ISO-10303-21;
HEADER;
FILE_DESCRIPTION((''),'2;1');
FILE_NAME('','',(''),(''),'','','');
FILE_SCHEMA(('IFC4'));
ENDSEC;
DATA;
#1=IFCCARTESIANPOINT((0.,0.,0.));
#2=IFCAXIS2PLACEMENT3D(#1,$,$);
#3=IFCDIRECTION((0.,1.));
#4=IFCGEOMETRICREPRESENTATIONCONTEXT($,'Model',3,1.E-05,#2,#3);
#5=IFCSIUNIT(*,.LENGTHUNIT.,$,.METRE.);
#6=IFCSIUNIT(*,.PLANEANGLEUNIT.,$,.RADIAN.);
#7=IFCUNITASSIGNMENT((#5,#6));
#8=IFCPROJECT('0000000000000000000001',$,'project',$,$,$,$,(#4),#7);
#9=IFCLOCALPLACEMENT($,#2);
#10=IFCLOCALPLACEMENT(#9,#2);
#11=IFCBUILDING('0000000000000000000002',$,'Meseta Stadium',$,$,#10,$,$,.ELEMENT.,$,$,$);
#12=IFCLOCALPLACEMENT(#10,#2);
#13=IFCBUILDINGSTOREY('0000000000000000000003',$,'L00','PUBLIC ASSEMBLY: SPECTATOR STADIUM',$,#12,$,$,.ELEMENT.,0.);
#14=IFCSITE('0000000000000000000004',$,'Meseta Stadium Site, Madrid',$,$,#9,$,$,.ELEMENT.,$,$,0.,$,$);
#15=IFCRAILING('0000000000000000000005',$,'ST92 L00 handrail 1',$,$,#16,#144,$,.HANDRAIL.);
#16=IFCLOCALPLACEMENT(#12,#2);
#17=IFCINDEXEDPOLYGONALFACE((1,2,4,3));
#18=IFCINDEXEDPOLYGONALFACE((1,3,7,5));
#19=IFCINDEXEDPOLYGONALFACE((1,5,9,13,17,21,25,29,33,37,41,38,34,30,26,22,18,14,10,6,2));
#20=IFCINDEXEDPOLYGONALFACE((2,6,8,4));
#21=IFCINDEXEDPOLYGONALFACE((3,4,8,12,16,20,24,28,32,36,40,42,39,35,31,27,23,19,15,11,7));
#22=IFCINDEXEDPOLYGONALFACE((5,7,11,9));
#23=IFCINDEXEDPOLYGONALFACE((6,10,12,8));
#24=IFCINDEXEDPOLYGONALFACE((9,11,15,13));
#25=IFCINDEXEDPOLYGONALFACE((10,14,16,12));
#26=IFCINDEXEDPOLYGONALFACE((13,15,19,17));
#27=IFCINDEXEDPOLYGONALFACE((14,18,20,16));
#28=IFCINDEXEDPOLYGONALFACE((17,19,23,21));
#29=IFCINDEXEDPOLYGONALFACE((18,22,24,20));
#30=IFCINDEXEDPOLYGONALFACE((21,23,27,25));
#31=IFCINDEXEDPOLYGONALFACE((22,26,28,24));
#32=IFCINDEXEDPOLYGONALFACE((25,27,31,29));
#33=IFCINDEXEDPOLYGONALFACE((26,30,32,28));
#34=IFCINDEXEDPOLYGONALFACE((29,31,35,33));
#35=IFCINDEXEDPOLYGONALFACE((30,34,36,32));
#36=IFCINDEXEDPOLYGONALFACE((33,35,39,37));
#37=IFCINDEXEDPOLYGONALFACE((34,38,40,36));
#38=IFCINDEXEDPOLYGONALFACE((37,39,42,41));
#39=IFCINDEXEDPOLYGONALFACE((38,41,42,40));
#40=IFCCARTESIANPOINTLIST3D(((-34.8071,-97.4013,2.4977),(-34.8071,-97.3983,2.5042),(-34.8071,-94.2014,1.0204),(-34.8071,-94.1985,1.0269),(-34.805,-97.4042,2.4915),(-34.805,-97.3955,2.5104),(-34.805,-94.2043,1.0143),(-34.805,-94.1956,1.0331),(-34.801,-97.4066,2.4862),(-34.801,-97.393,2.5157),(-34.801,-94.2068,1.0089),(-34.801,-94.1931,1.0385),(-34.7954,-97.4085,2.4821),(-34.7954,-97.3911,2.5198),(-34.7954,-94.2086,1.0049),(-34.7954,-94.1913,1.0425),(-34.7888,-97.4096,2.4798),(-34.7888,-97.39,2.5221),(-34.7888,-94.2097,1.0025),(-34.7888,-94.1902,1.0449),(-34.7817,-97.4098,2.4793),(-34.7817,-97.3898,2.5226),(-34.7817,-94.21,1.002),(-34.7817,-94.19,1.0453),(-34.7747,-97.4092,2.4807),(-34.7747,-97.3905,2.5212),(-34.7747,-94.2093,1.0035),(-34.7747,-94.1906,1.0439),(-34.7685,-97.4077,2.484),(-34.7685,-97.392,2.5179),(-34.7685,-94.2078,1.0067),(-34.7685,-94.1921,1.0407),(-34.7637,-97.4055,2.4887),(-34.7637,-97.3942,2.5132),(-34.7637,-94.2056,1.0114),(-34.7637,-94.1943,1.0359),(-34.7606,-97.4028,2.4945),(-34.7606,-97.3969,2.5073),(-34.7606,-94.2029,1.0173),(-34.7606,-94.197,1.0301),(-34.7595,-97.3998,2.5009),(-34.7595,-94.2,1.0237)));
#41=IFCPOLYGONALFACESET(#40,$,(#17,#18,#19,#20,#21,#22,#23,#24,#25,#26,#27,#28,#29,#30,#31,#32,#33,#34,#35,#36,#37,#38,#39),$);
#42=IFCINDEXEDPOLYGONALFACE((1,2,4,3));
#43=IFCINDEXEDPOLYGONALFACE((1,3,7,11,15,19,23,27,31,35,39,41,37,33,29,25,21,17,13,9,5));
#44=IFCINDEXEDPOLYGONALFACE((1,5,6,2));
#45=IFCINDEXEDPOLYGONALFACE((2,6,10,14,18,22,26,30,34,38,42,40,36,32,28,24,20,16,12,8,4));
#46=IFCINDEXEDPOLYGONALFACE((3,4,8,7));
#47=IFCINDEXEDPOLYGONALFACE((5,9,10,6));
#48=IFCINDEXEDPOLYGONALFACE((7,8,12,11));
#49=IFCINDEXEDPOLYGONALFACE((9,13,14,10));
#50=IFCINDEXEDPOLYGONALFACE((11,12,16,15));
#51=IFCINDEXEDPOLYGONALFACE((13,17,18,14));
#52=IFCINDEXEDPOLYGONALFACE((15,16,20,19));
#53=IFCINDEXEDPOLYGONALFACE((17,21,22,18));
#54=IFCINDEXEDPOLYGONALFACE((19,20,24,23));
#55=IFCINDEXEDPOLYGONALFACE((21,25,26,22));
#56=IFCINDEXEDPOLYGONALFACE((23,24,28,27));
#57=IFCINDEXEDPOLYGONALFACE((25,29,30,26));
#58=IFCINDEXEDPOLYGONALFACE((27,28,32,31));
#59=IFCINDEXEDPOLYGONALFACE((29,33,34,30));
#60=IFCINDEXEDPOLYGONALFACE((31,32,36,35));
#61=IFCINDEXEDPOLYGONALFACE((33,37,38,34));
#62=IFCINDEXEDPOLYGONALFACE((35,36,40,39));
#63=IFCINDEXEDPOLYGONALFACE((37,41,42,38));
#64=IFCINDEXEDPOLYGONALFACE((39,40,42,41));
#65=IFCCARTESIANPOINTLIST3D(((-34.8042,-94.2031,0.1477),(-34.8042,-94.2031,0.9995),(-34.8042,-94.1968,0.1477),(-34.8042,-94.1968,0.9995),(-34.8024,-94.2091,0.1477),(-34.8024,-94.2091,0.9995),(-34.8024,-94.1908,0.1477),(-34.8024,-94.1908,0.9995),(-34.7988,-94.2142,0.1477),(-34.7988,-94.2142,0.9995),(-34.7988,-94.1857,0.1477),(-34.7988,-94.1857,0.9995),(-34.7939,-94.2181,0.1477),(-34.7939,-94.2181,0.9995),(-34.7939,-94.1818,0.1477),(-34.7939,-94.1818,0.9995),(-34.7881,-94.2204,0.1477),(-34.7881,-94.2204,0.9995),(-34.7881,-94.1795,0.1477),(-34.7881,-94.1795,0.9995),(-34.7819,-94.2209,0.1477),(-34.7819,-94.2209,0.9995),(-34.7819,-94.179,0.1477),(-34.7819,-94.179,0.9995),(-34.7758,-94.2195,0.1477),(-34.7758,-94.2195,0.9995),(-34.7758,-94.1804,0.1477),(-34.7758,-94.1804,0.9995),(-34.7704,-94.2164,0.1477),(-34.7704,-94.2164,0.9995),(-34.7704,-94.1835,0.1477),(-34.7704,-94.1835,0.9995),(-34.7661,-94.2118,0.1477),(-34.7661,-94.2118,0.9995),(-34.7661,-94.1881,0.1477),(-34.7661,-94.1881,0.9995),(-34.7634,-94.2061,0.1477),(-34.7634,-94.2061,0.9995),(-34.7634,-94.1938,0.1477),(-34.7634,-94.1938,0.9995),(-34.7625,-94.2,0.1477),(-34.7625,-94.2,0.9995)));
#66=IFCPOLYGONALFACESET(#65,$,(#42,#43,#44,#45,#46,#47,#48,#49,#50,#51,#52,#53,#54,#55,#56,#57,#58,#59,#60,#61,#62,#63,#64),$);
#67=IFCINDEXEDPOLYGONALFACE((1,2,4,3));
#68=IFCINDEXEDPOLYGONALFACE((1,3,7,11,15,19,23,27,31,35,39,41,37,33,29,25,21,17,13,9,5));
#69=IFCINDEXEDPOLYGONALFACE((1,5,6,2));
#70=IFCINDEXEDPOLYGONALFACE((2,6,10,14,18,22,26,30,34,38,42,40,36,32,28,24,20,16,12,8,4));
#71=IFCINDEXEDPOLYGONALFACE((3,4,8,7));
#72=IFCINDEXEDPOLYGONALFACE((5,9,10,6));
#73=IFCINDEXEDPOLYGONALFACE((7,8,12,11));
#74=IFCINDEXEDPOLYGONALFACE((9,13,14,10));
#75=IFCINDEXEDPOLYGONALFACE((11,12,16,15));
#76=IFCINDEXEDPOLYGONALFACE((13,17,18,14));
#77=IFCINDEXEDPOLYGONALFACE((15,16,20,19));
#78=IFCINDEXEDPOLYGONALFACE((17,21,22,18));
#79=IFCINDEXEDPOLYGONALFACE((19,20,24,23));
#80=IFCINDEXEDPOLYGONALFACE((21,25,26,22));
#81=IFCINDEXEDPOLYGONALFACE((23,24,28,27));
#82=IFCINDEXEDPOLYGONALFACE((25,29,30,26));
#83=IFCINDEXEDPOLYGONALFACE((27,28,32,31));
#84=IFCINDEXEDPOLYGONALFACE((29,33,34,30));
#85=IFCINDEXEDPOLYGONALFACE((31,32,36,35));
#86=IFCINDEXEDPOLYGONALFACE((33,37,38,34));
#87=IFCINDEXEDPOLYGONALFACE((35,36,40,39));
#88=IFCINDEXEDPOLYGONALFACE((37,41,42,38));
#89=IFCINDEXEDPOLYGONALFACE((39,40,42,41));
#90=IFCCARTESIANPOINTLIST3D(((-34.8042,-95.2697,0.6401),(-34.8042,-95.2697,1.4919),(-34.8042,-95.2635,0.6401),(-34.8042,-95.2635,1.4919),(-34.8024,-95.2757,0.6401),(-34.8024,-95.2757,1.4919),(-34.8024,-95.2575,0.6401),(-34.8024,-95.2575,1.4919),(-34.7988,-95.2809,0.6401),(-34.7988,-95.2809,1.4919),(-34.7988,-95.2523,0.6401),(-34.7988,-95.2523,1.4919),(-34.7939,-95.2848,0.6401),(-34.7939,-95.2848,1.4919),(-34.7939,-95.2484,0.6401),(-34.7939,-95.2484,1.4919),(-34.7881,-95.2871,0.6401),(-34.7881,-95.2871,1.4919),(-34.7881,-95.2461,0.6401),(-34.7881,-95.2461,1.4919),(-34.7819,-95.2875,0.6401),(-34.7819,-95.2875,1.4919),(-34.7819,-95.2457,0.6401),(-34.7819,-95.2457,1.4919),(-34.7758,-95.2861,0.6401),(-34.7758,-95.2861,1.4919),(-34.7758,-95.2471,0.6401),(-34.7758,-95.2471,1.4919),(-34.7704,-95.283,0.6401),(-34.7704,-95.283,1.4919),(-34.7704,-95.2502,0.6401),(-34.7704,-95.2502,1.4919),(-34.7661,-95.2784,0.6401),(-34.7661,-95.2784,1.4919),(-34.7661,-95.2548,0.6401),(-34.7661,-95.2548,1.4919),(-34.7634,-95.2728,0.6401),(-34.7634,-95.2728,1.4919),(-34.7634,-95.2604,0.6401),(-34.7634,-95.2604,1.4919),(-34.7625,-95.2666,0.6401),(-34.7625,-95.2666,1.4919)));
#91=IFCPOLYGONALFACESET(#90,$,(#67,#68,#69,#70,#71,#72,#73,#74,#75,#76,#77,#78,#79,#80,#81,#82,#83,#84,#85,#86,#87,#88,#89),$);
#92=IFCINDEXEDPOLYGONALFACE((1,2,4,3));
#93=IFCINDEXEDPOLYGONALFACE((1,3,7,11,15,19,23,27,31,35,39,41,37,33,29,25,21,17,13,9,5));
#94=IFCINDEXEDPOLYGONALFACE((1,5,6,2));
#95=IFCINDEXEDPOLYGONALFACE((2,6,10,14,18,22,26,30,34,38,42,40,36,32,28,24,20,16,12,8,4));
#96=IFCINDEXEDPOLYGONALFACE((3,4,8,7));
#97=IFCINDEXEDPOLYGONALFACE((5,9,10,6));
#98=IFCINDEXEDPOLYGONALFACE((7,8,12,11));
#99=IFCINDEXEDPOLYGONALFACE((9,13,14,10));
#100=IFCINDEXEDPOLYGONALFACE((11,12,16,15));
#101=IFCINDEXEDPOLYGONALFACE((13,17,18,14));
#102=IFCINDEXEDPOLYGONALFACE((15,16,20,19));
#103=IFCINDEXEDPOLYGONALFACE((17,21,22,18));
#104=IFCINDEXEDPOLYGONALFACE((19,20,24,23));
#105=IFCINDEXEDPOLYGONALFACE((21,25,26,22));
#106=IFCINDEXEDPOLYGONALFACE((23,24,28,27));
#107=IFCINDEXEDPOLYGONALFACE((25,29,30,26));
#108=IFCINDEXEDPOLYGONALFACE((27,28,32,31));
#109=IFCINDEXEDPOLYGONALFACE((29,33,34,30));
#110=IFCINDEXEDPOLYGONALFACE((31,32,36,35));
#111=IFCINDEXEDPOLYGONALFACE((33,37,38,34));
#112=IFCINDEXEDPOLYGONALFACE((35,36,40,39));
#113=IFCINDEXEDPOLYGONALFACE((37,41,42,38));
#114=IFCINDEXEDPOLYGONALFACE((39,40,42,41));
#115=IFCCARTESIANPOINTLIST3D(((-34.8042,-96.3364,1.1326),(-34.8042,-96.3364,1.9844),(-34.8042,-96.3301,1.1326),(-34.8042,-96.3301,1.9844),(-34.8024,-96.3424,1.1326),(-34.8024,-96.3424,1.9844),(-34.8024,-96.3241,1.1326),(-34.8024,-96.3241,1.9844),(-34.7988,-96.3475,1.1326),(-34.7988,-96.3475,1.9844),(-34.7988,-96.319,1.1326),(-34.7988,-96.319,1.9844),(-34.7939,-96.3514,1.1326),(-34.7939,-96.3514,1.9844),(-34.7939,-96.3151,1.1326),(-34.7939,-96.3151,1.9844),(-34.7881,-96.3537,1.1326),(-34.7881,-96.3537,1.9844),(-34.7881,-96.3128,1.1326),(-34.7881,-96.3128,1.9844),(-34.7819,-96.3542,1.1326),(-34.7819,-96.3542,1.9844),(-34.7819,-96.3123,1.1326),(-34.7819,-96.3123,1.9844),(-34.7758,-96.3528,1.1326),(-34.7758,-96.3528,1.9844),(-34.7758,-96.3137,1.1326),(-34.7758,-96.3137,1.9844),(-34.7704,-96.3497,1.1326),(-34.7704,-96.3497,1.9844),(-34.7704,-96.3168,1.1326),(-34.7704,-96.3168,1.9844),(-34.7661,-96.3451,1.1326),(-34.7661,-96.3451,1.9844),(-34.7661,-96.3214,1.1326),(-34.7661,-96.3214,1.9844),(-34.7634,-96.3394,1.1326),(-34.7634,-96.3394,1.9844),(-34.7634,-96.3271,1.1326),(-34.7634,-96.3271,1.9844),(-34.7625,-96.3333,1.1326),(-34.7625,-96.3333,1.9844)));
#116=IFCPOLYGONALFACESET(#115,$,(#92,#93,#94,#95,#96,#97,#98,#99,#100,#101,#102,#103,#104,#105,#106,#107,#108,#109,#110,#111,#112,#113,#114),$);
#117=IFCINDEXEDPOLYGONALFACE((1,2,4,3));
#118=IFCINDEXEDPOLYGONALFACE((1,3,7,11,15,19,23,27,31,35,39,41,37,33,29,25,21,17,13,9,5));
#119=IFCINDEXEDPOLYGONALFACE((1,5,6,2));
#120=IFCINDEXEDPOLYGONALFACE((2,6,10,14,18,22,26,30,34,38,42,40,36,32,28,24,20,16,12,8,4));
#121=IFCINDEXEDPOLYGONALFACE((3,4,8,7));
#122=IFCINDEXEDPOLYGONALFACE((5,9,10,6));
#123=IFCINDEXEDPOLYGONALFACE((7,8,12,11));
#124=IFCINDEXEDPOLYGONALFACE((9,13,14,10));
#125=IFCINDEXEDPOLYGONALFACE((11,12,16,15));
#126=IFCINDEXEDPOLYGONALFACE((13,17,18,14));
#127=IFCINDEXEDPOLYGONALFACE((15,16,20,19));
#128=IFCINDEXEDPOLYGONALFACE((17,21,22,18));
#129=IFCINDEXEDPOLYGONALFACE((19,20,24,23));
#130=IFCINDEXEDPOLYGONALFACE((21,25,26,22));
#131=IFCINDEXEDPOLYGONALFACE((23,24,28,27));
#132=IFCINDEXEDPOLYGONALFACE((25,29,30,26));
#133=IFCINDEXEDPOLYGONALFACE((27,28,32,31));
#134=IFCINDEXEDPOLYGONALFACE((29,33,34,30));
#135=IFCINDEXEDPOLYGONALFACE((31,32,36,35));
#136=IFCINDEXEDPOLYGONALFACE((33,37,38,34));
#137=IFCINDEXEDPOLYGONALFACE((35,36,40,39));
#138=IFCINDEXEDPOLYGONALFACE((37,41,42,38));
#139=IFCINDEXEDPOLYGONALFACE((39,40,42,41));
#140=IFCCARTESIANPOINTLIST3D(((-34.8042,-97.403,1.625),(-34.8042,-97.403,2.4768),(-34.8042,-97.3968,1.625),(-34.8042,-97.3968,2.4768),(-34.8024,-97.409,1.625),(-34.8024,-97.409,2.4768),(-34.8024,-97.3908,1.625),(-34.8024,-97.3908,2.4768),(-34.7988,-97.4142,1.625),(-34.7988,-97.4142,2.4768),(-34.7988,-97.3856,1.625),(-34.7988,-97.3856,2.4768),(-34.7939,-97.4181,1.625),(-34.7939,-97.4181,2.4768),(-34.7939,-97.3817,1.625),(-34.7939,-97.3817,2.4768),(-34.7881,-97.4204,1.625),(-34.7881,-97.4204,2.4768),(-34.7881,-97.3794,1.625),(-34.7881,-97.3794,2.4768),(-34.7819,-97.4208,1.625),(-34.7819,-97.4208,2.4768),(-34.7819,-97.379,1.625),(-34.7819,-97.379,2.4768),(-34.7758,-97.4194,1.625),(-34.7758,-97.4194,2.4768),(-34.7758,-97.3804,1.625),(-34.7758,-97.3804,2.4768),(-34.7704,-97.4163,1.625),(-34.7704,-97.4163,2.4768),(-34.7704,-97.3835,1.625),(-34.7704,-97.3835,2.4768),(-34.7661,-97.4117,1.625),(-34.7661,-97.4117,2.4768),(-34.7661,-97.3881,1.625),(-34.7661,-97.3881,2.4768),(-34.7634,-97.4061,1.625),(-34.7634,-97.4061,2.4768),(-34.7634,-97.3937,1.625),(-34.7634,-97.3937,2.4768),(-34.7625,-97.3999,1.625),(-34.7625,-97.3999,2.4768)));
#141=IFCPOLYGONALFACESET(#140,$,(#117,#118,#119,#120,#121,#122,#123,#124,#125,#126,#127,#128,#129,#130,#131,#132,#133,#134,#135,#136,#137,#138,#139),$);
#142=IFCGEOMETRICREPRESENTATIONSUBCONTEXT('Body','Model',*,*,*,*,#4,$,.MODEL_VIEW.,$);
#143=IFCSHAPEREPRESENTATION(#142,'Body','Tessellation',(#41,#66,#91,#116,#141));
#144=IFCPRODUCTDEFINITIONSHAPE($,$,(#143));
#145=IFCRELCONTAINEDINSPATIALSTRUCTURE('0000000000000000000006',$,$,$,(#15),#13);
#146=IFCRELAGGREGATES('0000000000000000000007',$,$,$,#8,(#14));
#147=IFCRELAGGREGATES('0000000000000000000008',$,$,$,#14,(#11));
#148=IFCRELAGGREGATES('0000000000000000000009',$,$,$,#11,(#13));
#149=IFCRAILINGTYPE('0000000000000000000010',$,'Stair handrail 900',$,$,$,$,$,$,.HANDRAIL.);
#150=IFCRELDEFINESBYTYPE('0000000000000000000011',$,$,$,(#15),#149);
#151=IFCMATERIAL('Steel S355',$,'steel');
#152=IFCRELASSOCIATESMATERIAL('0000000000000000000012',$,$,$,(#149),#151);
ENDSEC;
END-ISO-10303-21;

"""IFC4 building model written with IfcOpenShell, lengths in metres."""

from ifc_helpers import new_model, si_unit, direction, frame, origin, origin_2d, place, context, subcontext, project, spatial, circle, extrude, material, type_object, element, save


model = new_model("IFC4")

# Units and contexts
model_context = context("Model", 3, precision=1e-05, world=origin(), true_north=direction((0.0, 1.0)))
body_context = subcontext(model_context, "Body", "Model", "MODEL_VIEW")
ifc_project = project(units=[si_unit("LENGTHUNIT", "METRE"), si_unit("PLANEANGLEUNIT", "RADIAN")], contexts=[model_context])

# Site, building, storey
site_placement = place(None, origin())
site = spatial("IfcSite", under=ifc_project, at=site_placement, Name="Meseta Stadium Site, Madrid", CompositionType="ELEMENT", RefElevation=0.0)
building_placement = place(site_placement, origin())
building = spatial("IfcBuilding", under=site, at=building_placement, Name="Meseta Stadium", CompositionType="ELEMENT")
storey_placement = place(building_placement, origin())
storey = spatial("IfcBuildingStorey", under=building, at=storey_placement, Name="L00", Description="PUBLIC ASSEMBLY: SPECTATOR STADIUM", CompositionType="ELEMENT", Elevation=0.0)

# Railing
ifc_material_1 = material(Name="Steel S355", Category="steel")
railing_type_1 = type_object("IfcRailingType", Name="Stair handrail 900", PredefinedType="HANDRAIL", material=ifc_material_1)
for number, where, name in (
    (1, (-34.7834, -94.2, 0.1477), "ST92 L00 handrail 1"),
):
    element("IfcRailing", number, at=place(storey_placement, frame(where)), inside=storey, type_object=railing_type_1, Name=name, PredefinedType="HANDRAIL", context=body_context, shape_type="SweptSolid", body=[
        extrude(circle(Radius=0.0239, at=origin_2d()), frame((0.0, 0.0, 0.876), z_axis=(0.0, -0.907917, 0.41915), x_axis=(1.0, 0.0, 0.0)), (0.0, 0.0, 1.0), 3.5244),
        extrude(circle(Radius=0.021, at=origin_2d()), origin(), (0.0, 0.0, 1.0), 0.8518),
        extrude(circle(Radius=0.021, at=origin_2d()), frame((0.0, -1.0667, 0.4924)), (0.0, 0.0, 1.0), 0.8518),
        extrude(circle(Radius=0.021, at=origin_2d()), frame((0.0, -2.1333, 0.9849)), (0.0, 0.0, 1.0), 0.8518),
        extrude(circle(Radius=0.021, at=origin_2d()), frame((0.0, -3.2, 1.4773)), (0.0, 0.0, 1.0), 0.8518),
    ])

save(model, "model.ifc")
